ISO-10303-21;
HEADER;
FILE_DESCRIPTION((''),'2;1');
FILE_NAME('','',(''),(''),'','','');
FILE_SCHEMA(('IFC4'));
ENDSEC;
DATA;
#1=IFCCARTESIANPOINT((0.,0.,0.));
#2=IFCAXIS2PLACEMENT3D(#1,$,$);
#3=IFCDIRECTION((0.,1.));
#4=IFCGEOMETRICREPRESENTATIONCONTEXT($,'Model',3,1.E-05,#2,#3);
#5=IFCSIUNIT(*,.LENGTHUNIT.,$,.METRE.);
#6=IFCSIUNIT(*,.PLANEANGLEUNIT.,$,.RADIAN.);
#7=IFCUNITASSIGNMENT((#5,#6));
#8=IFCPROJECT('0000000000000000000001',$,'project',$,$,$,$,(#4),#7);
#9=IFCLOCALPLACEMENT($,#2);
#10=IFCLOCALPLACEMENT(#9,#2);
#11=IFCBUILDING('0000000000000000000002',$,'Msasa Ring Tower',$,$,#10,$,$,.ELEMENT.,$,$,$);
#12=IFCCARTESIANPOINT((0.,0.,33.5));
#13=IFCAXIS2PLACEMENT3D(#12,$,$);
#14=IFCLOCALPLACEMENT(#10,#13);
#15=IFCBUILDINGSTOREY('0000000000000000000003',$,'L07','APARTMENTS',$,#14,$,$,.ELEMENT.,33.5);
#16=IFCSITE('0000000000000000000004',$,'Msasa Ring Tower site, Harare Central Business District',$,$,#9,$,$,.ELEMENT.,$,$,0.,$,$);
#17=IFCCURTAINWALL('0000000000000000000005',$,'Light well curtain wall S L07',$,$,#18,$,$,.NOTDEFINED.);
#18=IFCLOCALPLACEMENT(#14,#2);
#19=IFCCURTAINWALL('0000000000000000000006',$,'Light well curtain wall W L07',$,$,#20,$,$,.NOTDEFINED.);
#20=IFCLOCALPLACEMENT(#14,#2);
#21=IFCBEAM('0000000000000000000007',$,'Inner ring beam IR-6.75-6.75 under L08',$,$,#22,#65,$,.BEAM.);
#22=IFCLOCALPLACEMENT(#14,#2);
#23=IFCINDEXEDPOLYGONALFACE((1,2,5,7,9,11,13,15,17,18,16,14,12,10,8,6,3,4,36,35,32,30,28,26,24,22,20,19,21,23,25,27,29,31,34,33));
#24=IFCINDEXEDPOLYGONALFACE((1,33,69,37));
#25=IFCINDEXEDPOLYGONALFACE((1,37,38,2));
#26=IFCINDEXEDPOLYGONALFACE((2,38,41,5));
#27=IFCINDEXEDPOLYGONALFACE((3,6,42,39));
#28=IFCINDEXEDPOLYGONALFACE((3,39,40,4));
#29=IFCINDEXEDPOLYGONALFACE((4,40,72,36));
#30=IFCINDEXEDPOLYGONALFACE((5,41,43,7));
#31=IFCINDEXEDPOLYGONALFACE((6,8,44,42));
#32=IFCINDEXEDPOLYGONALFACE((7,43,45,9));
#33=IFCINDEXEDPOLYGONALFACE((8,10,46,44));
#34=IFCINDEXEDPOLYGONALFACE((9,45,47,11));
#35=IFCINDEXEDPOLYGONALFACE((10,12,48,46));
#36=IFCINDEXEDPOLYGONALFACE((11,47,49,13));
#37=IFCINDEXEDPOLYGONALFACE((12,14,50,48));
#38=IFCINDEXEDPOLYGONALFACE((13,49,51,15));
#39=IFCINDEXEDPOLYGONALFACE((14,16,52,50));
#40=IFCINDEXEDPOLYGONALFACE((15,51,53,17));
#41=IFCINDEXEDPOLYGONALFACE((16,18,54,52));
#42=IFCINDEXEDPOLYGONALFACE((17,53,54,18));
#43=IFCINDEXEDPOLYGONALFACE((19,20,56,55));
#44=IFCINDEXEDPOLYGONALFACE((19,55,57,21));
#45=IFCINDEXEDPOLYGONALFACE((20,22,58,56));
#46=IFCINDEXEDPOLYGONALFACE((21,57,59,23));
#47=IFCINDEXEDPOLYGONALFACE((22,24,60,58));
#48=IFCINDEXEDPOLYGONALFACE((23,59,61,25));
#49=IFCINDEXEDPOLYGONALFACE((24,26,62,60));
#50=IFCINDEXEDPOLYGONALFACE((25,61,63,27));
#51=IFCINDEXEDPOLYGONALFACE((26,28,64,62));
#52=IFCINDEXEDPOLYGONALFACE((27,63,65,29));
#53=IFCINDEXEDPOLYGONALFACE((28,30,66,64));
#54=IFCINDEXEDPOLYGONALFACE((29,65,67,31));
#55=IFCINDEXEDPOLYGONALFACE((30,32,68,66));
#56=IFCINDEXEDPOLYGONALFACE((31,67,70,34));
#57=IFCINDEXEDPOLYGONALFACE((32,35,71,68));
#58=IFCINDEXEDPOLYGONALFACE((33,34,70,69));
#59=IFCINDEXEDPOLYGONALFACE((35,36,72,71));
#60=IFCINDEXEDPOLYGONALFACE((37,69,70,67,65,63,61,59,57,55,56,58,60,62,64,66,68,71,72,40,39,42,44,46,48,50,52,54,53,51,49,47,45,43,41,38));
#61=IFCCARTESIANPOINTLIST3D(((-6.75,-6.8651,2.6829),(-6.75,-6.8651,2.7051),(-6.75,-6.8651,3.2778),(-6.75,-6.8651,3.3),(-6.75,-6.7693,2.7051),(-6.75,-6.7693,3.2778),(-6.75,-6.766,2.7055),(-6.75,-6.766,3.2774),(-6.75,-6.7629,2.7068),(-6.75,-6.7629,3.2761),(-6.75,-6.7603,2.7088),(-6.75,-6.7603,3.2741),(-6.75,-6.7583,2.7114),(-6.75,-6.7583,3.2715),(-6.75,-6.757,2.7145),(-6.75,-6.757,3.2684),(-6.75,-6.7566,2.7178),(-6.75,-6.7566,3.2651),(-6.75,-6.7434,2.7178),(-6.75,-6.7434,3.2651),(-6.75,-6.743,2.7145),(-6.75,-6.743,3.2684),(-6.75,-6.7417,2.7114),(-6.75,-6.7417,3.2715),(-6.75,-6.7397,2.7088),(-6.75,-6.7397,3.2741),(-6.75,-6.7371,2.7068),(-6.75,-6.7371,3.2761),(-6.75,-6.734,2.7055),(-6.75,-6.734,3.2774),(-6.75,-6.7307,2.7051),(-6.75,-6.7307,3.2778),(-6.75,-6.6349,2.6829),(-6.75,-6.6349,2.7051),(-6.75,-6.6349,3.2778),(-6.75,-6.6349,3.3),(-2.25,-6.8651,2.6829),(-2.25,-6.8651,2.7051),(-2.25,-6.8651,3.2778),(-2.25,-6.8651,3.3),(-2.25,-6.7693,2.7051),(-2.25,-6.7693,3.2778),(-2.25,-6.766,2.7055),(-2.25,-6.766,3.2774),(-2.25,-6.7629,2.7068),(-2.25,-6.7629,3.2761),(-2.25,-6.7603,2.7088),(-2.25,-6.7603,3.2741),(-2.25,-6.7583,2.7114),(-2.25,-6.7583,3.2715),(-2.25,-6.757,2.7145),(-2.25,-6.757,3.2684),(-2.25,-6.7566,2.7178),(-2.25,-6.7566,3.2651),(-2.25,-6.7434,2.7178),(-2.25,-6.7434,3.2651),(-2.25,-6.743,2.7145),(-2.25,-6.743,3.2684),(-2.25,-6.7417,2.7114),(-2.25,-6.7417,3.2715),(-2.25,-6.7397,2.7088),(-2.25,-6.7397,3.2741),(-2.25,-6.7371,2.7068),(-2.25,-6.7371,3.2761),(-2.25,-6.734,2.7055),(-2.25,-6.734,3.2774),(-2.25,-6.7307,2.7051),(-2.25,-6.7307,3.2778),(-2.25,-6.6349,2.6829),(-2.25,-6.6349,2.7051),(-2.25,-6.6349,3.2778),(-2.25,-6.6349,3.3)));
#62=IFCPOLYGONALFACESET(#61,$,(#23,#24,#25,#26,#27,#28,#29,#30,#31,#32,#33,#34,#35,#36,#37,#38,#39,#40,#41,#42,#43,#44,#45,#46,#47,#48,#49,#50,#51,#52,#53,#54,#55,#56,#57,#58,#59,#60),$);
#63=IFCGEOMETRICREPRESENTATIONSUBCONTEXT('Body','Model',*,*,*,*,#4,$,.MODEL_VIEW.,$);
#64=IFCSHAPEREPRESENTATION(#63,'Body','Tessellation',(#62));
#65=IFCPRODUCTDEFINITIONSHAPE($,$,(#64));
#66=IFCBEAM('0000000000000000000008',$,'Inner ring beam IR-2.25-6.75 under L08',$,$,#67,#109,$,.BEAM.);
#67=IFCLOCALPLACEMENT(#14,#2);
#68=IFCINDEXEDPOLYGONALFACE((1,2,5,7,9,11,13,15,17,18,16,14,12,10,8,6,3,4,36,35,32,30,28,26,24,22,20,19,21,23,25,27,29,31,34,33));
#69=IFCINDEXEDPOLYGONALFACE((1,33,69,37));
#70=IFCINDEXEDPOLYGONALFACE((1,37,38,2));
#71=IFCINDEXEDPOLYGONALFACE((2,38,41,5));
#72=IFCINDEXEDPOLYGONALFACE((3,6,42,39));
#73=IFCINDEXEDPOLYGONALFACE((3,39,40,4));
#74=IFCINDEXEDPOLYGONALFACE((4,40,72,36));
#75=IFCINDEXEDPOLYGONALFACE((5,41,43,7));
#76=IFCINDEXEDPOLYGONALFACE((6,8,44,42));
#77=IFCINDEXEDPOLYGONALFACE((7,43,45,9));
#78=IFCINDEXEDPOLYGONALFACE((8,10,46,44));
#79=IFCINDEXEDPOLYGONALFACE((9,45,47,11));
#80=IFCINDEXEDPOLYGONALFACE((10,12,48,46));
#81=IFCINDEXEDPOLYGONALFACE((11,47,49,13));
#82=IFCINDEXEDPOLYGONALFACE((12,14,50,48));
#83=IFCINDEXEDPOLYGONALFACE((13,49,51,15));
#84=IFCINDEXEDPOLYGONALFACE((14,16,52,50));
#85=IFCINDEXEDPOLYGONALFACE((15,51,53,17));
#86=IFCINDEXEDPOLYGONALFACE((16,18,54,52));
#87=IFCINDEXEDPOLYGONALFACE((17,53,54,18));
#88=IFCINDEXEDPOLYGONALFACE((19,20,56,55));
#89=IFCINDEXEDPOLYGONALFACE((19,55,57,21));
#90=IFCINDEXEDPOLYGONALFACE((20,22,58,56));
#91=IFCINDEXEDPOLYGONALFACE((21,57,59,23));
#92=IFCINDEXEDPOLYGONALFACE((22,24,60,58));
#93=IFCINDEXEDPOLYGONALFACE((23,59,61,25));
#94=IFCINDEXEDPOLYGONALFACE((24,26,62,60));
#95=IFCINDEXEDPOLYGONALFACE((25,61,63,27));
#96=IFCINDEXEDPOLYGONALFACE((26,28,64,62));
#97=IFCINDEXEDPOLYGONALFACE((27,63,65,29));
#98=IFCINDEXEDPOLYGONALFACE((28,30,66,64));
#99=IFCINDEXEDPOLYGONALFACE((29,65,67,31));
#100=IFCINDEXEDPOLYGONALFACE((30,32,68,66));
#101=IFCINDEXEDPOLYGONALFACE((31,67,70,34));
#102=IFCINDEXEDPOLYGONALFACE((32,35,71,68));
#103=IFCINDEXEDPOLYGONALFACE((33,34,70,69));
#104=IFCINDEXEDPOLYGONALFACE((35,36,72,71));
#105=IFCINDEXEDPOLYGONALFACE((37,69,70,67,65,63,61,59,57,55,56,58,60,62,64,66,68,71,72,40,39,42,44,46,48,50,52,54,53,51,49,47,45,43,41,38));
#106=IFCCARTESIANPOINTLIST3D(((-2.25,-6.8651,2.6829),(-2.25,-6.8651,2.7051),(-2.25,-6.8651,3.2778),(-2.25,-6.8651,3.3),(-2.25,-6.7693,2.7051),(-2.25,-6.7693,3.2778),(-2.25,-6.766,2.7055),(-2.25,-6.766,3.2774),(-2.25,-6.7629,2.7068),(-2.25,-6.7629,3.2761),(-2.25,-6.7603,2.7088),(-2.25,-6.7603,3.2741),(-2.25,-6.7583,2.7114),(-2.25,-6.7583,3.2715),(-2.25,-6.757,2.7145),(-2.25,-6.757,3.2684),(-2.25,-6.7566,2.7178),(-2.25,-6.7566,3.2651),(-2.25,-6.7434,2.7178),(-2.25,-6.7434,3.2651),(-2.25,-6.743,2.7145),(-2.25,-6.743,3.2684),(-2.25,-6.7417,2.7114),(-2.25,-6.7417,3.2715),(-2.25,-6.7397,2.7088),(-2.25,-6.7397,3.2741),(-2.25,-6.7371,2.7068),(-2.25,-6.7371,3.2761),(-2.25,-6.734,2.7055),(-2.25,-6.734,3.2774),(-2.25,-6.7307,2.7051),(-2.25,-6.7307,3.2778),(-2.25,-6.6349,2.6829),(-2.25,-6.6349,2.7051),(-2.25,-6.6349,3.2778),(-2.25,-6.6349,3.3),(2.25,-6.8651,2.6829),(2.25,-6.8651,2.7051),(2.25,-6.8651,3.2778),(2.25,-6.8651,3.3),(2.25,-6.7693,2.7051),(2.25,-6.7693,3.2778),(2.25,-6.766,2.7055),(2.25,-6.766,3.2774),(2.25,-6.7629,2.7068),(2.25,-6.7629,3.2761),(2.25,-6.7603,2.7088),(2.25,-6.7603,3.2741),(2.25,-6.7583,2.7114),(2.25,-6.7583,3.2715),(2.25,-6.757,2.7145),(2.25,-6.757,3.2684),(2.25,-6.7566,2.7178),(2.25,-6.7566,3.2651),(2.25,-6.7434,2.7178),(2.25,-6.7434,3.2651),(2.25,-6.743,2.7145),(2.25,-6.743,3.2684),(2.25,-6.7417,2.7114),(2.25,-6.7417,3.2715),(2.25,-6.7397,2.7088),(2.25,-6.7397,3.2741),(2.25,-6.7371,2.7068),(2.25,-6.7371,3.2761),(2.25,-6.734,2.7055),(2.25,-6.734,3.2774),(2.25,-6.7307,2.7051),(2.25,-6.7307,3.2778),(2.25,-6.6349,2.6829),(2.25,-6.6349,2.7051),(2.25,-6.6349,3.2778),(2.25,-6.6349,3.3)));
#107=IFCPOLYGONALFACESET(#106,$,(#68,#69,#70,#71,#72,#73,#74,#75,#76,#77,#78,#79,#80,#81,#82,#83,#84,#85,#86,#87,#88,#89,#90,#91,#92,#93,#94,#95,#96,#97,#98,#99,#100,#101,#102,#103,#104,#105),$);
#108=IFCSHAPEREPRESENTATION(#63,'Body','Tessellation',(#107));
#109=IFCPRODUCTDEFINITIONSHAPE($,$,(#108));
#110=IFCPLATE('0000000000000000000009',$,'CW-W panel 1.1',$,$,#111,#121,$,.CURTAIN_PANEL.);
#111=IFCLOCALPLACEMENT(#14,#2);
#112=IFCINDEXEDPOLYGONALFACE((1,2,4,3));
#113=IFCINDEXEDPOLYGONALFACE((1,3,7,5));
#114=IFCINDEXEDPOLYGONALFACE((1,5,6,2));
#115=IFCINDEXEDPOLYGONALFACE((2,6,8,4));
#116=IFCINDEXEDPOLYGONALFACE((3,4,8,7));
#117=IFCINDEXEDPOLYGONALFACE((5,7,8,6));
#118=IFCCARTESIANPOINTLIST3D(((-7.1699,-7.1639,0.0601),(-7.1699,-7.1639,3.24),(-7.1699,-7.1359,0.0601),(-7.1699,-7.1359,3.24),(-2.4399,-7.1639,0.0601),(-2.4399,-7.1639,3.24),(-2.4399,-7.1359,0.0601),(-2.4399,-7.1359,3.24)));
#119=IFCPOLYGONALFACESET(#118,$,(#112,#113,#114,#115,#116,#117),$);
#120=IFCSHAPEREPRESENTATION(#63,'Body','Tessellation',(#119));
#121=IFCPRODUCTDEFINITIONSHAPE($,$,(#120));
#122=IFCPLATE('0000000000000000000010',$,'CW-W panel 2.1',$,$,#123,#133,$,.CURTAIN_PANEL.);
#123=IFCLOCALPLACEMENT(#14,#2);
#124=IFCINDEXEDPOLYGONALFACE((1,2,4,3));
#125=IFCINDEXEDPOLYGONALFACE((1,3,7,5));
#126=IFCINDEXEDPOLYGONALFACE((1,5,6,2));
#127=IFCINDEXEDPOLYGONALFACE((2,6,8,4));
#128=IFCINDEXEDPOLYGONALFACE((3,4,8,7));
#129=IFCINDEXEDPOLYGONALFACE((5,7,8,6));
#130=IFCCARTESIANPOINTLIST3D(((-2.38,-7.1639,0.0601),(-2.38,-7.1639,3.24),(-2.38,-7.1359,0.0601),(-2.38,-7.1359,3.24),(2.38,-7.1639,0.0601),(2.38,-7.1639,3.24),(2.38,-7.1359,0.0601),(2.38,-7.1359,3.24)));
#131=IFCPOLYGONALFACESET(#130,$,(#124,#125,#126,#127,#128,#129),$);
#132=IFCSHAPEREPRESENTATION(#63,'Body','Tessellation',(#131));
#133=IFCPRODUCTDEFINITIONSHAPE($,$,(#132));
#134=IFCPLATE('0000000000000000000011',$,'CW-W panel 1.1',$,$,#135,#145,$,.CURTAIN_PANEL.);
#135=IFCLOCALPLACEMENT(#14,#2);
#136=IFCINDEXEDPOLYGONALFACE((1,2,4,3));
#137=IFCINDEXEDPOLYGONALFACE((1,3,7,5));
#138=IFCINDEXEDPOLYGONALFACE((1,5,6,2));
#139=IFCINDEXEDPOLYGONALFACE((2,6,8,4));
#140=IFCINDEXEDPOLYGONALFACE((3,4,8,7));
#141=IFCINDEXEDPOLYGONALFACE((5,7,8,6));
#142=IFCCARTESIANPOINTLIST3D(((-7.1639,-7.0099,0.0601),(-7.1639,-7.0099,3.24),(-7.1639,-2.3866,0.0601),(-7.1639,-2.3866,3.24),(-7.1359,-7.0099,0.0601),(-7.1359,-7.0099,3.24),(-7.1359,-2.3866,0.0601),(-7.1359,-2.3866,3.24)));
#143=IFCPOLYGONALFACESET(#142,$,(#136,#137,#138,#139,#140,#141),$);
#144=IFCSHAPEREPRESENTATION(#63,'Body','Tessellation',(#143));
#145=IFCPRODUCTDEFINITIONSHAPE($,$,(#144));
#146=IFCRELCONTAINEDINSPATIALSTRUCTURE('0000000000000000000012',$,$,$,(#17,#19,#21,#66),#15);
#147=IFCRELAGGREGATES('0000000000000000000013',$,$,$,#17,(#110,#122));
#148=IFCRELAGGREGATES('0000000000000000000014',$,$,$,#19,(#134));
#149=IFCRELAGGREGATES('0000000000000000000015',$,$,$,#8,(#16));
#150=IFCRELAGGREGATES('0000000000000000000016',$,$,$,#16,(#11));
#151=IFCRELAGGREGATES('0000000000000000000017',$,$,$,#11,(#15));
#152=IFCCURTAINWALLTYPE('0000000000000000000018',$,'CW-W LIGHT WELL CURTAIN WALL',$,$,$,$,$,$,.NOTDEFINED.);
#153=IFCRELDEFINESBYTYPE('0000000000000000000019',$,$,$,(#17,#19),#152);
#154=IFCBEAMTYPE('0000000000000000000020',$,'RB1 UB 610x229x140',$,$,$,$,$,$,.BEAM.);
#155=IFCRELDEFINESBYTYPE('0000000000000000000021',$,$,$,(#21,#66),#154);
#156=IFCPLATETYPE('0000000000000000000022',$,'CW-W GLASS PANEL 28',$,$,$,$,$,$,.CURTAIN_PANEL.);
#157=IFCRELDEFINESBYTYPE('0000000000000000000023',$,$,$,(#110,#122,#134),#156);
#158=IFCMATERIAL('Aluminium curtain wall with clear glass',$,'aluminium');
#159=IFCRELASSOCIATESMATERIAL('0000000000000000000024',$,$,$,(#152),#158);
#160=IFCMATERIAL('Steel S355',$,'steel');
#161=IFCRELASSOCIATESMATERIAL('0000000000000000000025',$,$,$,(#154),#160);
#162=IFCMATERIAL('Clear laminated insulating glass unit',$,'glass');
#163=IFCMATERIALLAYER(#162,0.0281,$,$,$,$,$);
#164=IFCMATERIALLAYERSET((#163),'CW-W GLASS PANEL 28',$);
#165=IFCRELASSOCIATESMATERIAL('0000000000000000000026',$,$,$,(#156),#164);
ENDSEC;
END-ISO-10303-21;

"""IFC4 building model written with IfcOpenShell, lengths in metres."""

from ifc_helpers import new_model, si_unit, direction, frame, origin, origin_2d, place, context, subcontext, project, spatial, rectangle, i_section, extrude, material, layer, layer_set, material_profile, profile_set, type_object, element, aggregate, save


model = new_model("IFC4")

# Units and contexts
model_context = context("Model", 3, precision=1e-05, world=origin(), true_north=direction((0.0, 1.0)))
body_context = subcontext(model_context, "Body", "Model", "MODEL_VIEW")
ifc_project = project(units=[si_unit("LENGTHUNIT", "METRE"), si_unit("PLANEANGLEUNIT", "RADIAN")], contexts=[model_context])

# Site, building, storey
site_placement = place(None, origin())
site = spatial("IfcSite", under=ifc_project, at=site_placement, Name="Msasa Ring Tower site, Harare Central Business District", CompositionType="ELEMENT", RefElevation=0.0)
building_placement = place(site_placement, origin())
building = spatial("IfcBuilding", under=site, at=building_placement, Name="Msasa Ring Tower", CompositionType="ELEMENT")
storey_placement = place(building_placement, frame((0.0, 0.0, 33.5)))
storey = spatial("IfcBuildingStorey", under=building, at=storey_placement, Name="L07", Description="APARTMENTS", CompositionType="ELEMENT", Elevation=33.5)

# Curtain walls
ifc_material_1 = material(Name="Aluminium curtain wall with clear glass", Category="aluminium")
curtain_wall_type = type_object("IfcCurtainWallType", Name="CW-W LIGHT WELL CURTAIN WALL", PredefinedType="NOTDEFINED", material=ifc_material_1)
curtain_wall_1_placement = place(storey_placement, origin())
curtain_wall_1 = element("IfcCurtainWall", 1, at=curtain_wall_1_placement, inside=storey, type_object=curtain_wall_type, Name="Light well curtain wall S L07", PredefinedType="NOTDEFINED")
curtain_wall_2_placement = place(storey_placement, origin())
curtain_wall_2 = element("IfcCurtainWall", 2, at=curtain_wall_2_placement, inside=storey, type_object=curtain_wall_type, Name="Light well curtain wall W L07", PredefinedType="NOTDEFINED")

# Beams
ifc_material_2 = material(Name="Steel S355", Category="steel")
ifc_material_profile_1 = material_profile(ifc_material_2, i_section(OverallWidth=0.2302, OverallDepth=0.6172, WebThickness=0.0132, FlangeThickness=0.0222, FilletRadius=0.0127, at=origin_2d()), Name="UB 610x229x140")
ifc_profile_set_1 = profile_set([ifc_material_profile_1], Name="Steel S355")
beam_type = type_object("IfcBeamType", Name="RB1 UB 610x229x140", PredefinedType="BEAM", material=ifc_profile_set_1)
for number, where, z_axis, x_axis, name in (
    (3, (-6.75, -6.75, 2.9915), (1.0, 0.0, 0.0), (0.0, 1.0, 0.0), "Inner ring beam IR-6.75-6.75 under L08"),
    (4, (-2.25, -6.75, 2.9915), (1.0, 0.0, 0.0), (0.0, 1.0, 0.0), "Inner ring beam IR-2.25-6.75 under L08"),
):
    element("IfcBeam", number, at=place(storey_placement, frame(where, z_axis=z_axis, x_axis=x_axis)), inside=storey, type_object=beam_type, Name=name, PredefinedType="BEAM", context=body_context, shape_type="SweptSolid", body=[
        extrude(i_section(OverallWidth=0.2302, OverallDepth=0.6172, WebThickness=0.0132, FlangeThickness=0.0222, FilletRadius=0.0127, at=origin_2d()), origin(), (0.0, 0.0, 1.0), 4.5),
    ])

# Plates
ifc_material_3 = material(Name="Clear laminated insulating glass unit", Category="glass")
ifc_layer = layer(ifc_material_3, 0.0281)
ifc_layer_set = layer_set([ifc_layer], Name="CW-W GLASS PANEL 28")
plate_type = type_object("IfcPlateType", Name="CW-W GLASS PANEL 28", PredefinedType="CURTAIN_PANEL", material=ifc_layer_set)
plate_1_placement = place(storey_placement, frame((-4.8049, -7.1499, 0.0601), z_axis=(0.0, 0.0, 1.0), x_axis=(1.0, 0.0, 0.0)))
plate_1 = element("IfcPlate", 5, at=plate_1_placement, type_object=plate_type, Name="CW-W panel 1.1", PredefinedType="CURTAIN_PANEL", context=body_context, shape_type="SweptSolid", body=[
    extrude(rectangle(XDim=4.73, YDim=0.0281, at=origin_2d()), origin(), (0.0, 0.0, 1.0), 3.1799),
])
plate_2_placement = place(storey_placement, frame((0.0, -7.1499, 0.0601), z_axis=(0.0, 0.0, 1.0), x_axis=(1.0, 0.0, 0.0)))
plate_2 = element("IfcPlate", 6, at=plate_2_placement, type_object=plate_type, Name="CW-W panel 2.1", PredefinedType="CURTAIN_PANEL", context=body_context, shape_type="SweptSolid", body=[
    extrude(rectangle(XDim=4.76, YDim=0.0281, at=origin_2d()), origin(), (0.0, 0.0, 1.0), 3.1799),
])
aggregate(curtain_wall_1, [plate_1, plate_2])
plate_3_placement = place(storey_placement, frame((-7.1499, -4.6982, 0.0601), z_axis=(0.0, 0.0, 1.0), x_axis=(0.0, 1.0, 0.0)))
plate_3 = element("IfcPlate", 7, at=plate_3_placement, type_object=plate_type, Name="CW-W panel 1.1", PredefinedType="CURTAIN_PANEL", context=body_context, shape_type="SweptSolid", body=[
    extrude(rectangle(XDim=4.6233, YDim=0.0281, at=origin_2d()), origin(), (0.0, 0.0, 1.0), 3.1799),
])
aggregate(curtain_wall_2, [plate_3])

save(model, "model.ifc")
